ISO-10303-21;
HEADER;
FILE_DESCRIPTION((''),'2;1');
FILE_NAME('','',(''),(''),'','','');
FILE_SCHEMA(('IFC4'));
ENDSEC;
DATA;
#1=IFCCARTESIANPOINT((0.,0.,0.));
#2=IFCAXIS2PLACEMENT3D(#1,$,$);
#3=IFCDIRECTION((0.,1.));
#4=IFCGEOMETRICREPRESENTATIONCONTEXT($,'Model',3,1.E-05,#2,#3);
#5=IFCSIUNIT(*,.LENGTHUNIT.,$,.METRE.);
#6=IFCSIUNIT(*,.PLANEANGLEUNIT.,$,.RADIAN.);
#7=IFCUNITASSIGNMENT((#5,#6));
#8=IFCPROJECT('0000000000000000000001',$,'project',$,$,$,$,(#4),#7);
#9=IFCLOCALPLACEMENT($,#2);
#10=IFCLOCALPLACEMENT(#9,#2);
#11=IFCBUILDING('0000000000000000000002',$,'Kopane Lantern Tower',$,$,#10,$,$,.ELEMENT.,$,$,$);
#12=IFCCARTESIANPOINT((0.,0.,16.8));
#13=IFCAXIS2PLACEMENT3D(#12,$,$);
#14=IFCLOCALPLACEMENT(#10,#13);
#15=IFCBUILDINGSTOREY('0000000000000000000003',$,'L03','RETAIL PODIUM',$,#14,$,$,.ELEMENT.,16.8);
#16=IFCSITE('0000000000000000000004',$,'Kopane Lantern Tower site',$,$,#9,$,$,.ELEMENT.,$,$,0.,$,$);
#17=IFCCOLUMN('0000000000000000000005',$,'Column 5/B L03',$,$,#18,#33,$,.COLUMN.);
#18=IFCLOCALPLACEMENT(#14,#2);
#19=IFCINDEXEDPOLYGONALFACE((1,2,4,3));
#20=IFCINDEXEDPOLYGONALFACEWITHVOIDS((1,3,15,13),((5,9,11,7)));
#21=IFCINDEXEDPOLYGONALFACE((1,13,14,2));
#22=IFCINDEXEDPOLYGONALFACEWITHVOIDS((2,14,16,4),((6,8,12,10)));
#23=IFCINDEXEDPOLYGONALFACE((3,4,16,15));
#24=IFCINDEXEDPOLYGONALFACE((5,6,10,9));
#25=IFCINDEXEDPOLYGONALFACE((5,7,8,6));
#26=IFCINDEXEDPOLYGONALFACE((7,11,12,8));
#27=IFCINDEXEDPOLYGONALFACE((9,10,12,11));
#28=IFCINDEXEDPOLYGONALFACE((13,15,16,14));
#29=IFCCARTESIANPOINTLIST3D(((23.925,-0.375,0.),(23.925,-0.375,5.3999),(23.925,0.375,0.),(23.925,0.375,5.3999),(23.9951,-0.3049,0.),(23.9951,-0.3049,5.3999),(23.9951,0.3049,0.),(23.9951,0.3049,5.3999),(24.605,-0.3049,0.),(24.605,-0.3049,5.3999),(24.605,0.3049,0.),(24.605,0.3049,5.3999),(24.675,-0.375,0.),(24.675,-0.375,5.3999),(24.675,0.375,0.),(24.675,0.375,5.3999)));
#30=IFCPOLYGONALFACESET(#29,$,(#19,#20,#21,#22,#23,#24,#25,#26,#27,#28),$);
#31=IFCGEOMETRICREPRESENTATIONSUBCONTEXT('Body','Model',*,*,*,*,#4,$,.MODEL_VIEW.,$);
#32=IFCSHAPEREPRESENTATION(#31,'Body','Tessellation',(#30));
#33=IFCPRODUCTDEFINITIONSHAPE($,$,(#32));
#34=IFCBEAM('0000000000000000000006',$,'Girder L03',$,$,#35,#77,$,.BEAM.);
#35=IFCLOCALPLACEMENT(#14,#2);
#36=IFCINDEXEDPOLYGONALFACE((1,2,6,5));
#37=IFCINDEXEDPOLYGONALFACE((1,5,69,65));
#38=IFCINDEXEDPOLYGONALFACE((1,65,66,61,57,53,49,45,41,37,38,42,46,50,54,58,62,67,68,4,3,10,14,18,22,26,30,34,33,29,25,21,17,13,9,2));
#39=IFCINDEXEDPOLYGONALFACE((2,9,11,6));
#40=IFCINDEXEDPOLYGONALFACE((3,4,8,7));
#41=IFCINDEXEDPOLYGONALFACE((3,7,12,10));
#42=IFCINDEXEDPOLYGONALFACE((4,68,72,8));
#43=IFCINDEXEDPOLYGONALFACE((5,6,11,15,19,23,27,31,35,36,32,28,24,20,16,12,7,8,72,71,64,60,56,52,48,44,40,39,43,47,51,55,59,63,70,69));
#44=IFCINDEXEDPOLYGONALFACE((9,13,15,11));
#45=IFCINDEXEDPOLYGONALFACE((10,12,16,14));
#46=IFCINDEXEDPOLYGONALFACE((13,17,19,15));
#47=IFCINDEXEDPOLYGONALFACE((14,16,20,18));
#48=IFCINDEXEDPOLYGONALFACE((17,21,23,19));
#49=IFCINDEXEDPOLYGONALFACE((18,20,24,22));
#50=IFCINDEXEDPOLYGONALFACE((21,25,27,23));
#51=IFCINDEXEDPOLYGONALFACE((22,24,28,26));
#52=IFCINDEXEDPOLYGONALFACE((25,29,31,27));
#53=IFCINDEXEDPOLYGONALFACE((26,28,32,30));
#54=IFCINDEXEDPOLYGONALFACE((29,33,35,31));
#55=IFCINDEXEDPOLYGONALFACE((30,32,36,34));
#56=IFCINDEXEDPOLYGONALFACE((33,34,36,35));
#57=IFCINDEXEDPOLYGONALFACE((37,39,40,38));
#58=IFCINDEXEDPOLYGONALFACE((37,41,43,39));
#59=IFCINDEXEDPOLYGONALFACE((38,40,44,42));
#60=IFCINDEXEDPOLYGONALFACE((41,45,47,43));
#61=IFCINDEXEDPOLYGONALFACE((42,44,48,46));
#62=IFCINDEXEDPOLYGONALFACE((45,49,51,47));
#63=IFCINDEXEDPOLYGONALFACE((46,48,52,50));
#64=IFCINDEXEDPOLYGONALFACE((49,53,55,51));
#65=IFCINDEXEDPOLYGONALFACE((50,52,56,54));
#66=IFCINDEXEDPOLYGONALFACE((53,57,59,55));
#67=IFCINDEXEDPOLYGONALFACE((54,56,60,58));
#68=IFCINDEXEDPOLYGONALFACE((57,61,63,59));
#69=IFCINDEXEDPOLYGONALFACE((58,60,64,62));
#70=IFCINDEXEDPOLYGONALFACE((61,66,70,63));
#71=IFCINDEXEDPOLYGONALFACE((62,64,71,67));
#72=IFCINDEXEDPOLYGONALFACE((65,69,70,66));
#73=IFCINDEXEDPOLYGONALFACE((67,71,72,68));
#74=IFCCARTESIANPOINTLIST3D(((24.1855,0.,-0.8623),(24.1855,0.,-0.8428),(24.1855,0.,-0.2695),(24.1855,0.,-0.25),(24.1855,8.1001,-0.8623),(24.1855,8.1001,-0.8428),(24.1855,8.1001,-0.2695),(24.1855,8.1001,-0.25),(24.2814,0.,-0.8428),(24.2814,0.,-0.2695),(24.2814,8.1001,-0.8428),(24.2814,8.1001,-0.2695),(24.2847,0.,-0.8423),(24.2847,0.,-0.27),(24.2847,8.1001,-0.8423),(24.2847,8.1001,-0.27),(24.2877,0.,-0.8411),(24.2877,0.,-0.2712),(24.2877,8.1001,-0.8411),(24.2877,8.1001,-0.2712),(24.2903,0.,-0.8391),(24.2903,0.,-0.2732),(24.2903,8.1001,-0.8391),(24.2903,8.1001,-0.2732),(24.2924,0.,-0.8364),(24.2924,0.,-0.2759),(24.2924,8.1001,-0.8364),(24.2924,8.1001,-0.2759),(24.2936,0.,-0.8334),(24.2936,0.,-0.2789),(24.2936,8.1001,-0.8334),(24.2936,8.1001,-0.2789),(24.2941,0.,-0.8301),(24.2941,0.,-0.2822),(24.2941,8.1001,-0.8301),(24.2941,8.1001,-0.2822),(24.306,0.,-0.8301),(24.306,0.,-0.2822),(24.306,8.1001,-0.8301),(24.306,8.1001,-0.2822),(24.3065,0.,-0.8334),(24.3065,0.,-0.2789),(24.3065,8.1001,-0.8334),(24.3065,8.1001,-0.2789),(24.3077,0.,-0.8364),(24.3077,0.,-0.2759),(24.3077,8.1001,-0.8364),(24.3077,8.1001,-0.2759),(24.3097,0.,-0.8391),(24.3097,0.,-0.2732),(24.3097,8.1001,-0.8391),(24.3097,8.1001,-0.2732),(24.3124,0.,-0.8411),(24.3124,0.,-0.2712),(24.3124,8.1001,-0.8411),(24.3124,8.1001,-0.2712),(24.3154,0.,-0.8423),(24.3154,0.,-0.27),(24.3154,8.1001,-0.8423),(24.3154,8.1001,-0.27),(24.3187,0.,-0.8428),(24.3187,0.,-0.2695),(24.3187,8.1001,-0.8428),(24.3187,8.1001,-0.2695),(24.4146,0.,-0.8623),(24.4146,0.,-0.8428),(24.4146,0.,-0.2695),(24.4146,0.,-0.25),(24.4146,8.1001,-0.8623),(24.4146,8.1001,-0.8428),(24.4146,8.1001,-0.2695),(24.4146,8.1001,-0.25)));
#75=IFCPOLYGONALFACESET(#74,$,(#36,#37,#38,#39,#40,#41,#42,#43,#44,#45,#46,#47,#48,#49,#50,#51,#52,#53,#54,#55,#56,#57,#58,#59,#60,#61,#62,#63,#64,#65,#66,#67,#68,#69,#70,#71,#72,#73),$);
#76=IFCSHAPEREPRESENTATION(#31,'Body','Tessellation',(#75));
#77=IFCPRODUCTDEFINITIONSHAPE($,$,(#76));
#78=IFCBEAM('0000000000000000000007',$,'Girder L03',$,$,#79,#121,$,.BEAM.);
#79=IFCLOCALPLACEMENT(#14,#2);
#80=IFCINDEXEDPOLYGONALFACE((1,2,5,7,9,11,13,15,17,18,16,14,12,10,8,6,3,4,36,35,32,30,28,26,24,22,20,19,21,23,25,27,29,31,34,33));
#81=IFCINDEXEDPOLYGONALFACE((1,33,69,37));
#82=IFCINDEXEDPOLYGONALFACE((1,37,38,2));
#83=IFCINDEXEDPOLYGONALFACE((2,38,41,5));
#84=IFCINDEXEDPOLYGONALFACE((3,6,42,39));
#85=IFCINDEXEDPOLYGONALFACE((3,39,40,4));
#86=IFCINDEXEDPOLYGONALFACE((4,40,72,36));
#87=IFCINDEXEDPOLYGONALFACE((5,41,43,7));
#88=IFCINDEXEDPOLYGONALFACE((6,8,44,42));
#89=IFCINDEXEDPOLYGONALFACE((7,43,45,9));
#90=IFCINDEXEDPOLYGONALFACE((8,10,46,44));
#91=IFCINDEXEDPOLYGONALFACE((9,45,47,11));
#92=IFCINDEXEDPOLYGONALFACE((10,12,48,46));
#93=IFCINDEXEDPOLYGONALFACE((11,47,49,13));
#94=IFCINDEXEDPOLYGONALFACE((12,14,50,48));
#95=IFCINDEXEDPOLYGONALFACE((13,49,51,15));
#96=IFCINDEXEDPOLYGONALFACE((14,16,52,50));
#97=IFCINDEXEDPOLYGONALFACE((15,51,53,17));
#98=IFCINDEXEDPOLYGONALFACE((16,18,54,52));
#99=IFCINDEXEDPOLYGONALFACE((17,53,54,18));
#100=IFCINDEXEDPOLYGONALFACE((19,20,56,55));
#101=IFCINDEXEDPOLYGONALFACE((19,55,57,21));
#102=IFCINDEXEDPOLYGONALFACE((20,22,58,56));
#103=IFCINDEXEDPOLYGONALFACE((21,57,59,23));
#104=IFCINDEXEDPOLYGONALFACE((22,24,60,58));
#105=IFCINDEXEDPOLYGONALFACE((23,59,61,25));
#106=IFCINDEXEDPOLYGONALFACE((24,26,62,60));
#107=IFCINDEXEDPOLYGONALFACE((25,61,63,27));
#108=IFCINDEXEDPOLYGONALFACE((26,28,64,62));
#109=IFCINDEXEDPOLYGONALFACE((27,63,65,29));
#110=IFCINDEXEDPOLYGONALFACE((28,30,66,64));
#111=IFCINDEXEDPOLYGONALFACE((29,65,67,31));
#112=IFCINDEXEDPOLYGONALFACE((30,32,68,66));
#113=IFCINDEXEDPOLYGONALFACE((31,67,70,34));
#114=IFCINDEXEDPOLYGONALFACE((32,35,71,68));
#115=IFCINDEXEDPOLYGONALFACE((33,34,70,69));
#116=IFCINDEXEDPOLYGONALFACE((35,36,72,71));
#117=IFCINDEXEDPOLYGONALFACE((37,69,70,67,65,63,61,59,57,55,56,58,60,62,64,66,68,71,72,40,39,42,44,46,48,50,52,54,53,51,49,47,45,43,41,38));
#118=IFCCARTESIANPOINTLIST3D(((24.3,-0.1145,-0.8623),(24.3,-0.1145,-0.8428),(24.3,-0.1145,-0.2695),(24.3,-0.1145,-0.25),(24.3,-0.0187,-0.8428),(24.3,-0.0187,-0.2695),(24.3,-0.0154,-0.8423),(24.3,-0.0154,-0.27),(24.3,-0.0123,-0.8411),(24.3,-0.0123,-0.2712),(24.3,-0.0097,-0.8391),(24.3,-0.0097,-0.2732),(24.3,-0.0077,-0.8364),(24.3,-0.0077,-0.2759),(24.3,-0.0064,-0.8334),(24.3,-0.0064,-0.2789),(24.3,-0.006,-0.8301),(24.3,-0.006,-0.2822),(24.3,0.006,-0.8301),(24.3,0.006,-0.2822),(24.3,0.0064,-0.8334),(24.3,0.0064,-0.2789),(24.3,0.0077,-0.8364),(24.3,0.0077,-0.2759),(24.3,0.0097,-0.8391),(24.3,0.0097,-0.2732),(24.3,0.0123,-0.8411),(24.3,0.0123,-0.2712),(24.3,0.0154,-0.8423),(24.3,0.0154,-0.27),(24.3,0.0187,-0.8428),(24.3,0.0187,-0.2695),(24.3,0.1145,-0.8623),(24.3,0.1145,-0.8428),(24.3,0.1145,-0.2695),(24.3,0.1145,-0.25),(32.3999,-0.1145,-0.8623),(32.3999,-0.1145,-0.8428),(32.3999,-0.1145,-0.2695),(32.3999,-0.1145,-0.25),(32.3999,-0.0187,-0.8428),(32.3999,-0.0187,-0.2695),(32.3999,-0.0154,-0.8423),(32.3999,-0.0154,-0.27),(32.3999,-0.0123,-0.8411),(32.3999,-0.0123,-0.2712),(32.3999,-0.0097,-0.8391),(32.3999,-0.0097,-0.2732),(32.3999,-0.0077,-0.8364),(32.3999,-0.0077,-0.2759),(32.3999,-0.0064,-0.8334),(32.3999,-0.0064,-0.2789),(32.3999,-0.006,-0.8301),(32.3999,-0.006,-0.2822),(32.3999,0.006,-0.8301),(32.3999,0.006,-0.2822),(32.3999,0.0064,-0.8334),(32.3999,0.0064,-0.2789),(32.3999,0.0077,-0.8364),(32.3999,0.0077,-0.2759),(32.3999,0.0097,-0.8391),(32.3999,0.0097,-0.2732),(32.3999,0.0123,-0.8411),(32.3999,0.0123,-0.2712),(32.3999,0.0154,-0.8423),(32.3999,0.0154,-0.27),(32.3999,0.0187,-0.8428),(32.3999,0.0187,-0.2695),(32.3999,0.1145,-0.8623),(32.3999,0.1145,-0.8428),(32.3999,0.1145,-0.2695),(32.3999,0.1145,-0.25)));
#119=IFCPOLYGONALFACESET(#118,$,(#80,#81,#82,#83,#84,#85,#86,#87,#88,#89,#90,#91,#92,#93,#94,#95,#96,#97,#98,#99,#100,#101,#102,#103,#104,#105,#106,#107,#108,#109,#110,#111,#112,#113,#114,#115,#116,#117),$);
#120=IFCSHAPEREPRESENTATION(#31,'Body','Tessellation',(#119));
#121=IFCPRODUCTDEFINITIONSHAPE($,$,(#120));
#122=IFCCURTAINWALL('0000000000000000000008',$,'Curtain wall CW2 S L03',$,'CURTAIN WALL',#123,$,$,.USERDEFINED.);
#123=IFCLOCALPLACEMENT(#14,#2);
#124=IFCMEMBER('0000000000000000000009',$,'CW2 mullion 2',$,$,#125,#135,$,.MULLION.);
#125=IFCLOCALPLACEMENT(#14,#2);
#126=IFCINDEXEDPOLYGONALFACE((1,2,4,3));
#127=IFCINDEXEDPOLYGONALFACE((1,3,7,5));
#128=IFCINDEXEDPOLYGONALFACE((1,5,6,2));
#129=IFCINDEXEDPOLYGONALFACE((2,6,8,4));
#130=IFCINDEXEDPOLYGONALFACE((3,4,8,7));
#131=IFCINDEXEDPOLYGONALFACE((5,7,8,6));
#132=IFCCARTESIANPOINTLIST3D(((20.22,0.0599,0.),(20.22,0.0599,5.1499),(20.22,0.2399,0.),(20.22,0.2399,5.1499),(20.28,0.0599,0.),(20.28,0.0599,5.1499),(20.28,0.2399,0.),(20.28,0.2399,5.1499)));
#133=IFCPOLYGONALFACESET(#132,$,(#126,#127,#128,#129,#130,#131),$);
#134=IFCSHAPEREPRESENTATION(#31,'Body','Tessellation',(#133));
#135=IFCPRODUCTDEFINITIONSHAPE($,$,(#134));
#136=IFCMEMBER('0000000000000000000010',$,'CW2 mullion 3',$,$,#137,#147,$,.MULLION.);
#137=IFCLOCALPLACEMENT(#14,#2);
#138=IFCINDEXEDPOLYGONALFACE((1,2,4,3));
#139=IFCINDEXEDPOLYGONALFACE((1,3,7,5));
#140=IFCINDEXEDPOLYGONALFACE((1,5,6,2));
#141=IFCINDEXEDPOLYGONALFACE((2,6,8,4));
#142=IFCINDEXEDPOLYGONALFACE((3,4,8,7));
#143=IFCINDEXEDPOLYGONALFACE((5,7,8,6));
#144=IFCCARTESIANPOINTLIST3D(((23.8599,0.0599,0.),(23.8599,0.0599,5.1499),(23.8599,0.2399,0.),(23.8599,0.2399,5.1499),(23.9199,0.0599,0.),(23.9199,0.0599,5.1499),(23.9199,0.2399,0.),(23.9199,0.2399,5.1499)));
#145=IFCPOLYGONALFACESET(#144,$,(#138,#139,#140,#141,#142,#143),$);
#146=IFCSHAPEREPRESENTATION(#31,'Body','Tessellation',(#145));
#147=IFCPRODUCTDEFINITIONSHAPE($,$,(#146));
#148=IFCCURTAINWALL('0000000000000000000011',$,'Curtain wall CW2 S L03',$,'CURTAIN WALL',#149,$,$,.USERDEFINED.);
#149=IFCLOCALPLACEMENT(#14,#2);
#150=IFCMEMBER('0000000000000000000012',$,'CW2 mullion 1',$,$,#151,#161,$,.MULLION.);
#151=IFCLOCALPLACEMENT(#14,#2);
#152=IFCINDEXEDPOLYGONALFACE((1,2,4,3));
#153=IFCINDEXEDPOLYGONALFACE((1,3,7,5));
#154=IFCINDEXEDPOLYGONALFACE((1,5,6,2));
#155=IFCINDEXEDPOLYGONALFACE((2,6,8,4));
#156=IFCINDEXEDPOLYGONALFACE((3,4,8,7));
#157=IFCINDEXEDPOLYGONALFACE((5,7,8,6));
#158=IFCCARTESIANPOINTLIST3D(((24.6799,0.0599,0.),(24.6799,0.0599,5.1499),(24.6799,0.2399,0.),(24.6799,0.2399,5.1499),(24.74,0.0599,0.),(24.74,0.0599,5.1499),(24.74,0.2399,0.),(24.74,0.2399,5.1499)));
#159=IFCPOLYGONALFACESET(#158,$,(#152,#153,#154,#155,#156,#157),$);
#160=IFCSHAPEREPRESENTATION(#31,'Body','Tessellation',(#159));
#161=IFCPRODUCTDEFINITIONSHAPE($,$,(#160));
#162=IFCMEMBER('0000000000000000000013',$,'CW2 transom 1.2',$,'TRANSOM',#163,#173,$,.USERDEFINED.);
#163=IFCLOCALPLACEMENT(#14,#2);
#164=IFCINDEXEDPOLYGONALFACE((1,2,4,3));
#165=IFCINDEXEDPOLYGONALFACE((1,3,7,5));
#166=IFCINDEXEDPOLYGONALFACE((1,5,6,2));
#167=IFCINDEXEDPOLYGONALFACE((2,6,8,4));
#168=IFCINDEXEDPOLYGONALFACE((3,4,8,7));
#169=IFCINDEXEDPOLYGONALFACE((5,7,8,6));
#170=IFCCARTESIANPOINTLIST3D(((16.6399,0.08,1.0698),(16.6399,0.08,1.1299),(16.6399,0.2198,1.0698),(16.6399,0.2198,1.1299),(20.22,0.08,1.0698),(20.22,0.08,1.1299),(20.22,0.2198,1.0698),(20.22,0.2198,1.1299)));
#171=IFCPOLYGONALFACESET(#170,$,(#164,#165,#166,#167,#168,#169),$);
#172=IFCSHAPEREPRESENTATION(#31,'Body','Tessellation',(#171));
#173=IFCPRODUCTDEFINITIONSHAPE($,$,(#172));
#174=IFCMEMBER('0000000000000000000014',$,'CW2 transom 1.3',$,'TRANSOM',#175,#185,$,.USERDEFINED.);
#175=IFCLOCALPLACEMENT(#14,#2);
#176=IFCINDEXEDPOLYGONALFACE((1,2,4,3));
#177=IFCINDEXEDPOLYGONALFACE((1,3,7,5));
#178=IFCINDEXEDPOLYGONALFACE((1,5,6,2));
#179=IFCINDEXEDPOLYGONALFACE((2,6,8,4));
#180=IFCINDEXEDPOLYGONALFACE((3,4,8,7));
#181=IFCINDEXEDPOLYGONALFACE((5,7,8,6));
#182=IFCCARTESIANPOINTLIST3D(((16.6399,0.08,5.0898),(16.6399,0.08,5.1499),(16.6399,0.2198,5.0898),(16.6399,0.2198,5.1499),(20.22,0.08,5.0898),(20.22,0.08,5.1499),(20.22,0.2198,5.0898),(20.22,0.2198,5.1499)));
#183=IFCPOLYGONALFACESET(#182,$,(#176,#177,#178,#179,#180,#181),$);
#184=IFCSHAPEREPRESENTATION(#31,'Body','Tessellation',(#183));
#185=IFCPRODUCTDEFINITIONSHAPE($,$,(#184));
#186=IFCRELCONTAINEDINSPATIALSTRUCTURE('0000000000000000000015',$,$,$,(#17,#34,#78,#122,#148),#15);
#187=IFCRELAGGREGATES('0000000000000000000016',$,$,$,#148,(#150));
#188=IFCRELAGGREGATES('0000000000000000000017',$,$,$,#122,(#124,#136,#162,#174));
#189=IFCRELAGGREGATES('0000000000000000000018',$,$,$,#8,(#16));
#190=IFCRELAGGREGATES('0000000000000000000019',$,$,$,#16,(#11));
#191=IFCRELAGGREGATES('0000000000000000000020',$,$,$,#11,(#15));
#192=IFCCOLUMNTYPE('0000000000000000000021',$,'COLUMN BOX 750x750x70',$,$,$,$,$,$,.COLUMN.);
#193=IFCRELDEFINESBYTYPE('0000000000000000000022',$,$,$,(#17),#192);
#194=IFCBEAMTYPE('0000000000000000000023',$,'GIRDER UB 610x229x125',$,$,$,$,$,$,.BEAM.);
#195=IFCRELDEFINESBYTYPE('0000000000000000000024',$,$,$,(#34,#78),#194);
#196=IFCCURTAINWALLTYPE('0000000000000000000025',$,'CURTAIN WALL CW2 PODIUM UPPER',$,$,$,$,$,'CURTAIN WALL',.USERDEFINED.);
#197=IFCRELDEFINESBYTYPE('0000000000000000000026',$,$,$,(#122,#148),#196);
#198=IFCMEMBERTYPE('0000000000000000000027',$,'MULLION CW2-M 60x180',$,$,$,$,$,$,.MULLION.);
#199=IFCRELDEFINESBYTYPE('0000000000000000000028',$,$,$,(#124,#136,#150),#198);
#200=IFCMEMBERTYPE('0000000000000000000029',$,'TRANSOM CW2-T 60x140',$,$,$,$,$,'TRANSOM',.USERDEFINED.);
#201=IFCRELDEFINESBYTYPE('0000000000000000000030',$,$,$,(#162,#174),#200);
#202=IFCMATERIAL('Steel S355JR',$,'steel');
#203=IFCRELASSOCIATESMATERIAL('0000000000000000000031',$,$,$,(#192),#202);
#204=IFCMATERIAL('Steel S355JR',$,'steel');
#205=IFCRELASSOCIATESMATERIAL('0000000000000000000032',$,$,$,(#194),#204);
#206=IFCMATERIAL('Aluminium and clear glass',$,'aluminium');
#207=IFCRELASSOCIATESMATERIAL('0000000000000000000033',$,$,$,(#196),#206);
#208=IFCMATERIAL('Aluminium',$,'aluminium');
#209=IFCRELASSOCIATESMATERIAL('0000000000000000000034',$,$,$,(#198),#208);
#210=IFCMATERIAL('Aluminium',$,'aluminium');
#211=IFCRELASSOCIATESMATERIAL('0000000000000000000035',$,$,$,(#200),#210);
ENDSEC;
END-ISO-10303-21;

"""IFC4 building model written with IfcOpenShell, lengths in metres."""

from ifc_helpers import new_model, si_unit, direction, frame, origin, origin_2d, place, context, subcontext, project, spatial, rectangle, hollow_rectangle, i_section, extrude, material, material_profile, profile_set, type_object, element, aggregate, save


model = new_model("IFC4")

# Units and contexts
model_context = context("Model", 3, precision=1e-05, world=origin(), true_north=direction((0.0, 1.0)))
body_context = subcontext(model_context, "Body", "Model", "MODEL_VIEW")
ifc_project = project(units=[si_unit("LENGTHUNIT", "METRE"), si_unit("PLANEANGLEUNIT", "RADIAN")], contexts=[model_context])

# Site, building, storey
site_placement = place(None, origin())
site = spatial("IfcSite", under=ifc_project, at=site_placement, Name="Kopane Lantern Tower site", CompositionType="ELEMENT", RefElevation=0.0)
building_placement = place(site_placement, origin())
building = spatial("IfcBuilding", under=site, at=building_placement, Name="Kopane Lantern Tower", CompositionType="ELEMENT")
storey_placement = place(building_placement, frame((0.0, 0.0, 16.8)))
storey = spatial("IfcBuildingStorey", under=building, at=storey_placement, Name="L03", Description="RETAIL PODIUM", CompositionType="ELEMENT", Elevation=16.8)

# Column
ifc_material_1 = material(Name="Steel S355JR", Category="steel")
ifc_material_profile_1 = material_profile(ifc_material_1, hollow_rectangle(XDim=0.75, YDim=0.75, WallThickness=0.0701, at=origin_2d()), Name="BOX 750x750x70")
ifc_profile_set_1 = profile_set([ifc_material_profile_1], Name="Steel S355JR")
column_type = type_object("IfcColumnType", Name="COLUMN BOX 750x750x70", PredefinedType="COLUMN", material=ifc_profile_set_1)
column_placement = place(storey_placement, frame((24.3, 0.0, 0.0), z_axis=(0.0, 0.0, 1.0), x_axis=(1.0, 0.0, 0.0)))
element("IfcColumn", 1, at=column_placement, inside=storey, type_object=column_type, Name="Column 5/B L03", PredefinedType="COLUMN", context=body_context, shape_type="SweptSolid", body=[
    extrude(hollow_rectangle(XDim=0.75, YDim=0.75, WallThickness=0.0701, at=origin_2d()), origin(), (0.0, 0.0, 1.0), 5.3999),
])

# Beams
ifc_material_2 = material(Name="Steel S355JR", Category="steel")
ifc_material_profile_2 = material_profile(ifc_material_2, i_section(OverallWidth=0.229, OverallDepth=0.6123, WebThickness=0.012, FlangeThickness=0.0195, FilletRadius=0.0127, at=origin_2d()), Name="UB 610x229x125")
ifc_profile_set_2 = profile_set([ifc_material_profile_2], Name="Steel S355JR")
beam_type = type_object("IfcBeamType", Name="GIRDER UB 610x229x125", PredefinedType="BEAM", material=ifc_profile_set_2)
beam_1_placement = place(storey_placement, frame((24.3, 0.0, -0.5562), z_axis=(0.0, 1.0, 0.0), x_axis=(-1.0, 0.0, 0.0)))
element("IfcBeam", 2, at=beam_1_placement, inside=storey, type_object=beam_type, Name="Girder L03", PredefinedType="BEAM", context=body_context, shape_type="SweptSolid", body=[
    extrude(i_section(OverallWidth=0.229, OverallDepth=0.6123, WebThickness=0.012, FlangeThickness=0.0195, FilletRadius=0.0127, at=origin_2d()), origin(), (0.0, 0.0, 1.0), 8.1001),
])
beam_2_placement = place(storey_placement, frame((24.3, 0.0, -0.5562), z_axis=(1.0, 0.0, 0.0), x_axis=(0.0, 1.0, 0.0)))
element("IfcBeam", 3, at=beam_2_placement, inside=storey, type_object=beam_type, Name="Girder L03", PredefinedType="BEAM", context=body_context, shape_type="SweptSolid", body=[
    extrude(i_section(OverallWidth=0.229, OverallDepth=0.6123, WebThickness=0.012, FlangeThickness=0.0195, FilletRadius=0.0127, at=origin_2d()), origin(), (0.0, 0.0, 1.0), 8.0999),
])

# Curtain wall, members
ifc_material_3 = material(Name="Aluminium and clear glass", Category="aluminium")
curtain_wall_type = type_object("IfcCurtainWallType", Name="CURTAIN WALL CW2 PODIUM UPPER", ElementType="CURTAIN WALL", PredefinedType="USERDEFINED", material=ifc_material_3)
curtain_wall_1_placement = place(storey_placement, origin())
curtain_wall_1 = element("IfcCurtainWall", 4, at=curtain_wall_1_placement, inside=storey, type_object=curtain_wall_type, Name="Curtain wall CW2 S L03", ObjectType="CURTAIN WALL", PredefinedType="USERDEFINED")
ifc_material_4 = material(Name="Aluminium", Category="aluminium")
ifc_material_profile_3 = material_profile(ifc_material_4, rectangle(XDim=0.0601, YDim=0.1799, at=origin_2d()), Name="AL 60x180")
ifc_profile_set_3 = profile_set([ifc_material_profile_3], Name="Aluminium")
member_type_1 = type_object("IfcMemberType", Name="MULLION CW2-M 60x180", PredefinedType="MULLION", material=ifc_profile_set_3)
member_1_placement = place(storey_placement, frame((20.25, 0.1499, 0.0), z_axis=(0.0, 0.0, 1.0), x_axis=(1.0, 0.0, 0.0)))
member_1 = element("IfcMember", 5, at=member_1_placement, type_object=member_type_1, Name="CW2 mullion 2", PredefinedType="MULLION", context=body_context, shape_type="SweptSolid", body=[
    extrude(rectangle(XDim=0.0601, YDim=0.1799, at=origin_2d()), origin(), (0.0, 0.0, 1.0), 5.1499),
])
member_2_placement = place(storey_placement, frame((23.8899, 0.1499, 0.0), z_axis=(0.0, 0.0, 1.0), x_axis=(1.0, 0.0, 0.0)))
member_2 = element("IfcMember", 6, at=member_2_placement, type_object=member_type_1, Name="CW2 mullion 3", PredefinedType="MULLION", context=body_context, shape_type="SweptSolid", body=[
    extrude(rectangle(XDim=0.0601, YDim=0.1799, at=origin_2d()), origin(), (0.0, 0.0, 1.0), 5.1499),
])

# Curtain wall, member
curtain_wall_2_placement = place(storey_placement, origin())
curtain_wall_2 = element("IfcCurtainWall", 7, at=curtain_wall_2_placement, inside=storey, type_object=curtain_wall_type, Name="Curtain wall CW2 S L03", ObjectType="CURTAIN WALL", PredefinedType="USERDEFINED")
member_3_placement = place(storey_placement, frame((24.71, 0.1499, 0.0), z_axis=(0.0, 0.0, 1.0), x_axis=(1.0, 0.0, 0.0)))
member_3 = element("IfcMember", 8, at=member_3_placement, type_object=member_type_1, Name="CW2 mullion 1", PredefinedType="MULLION", context=body_context, shape_type="SweptSolid", body=[
    extrude(rectangle(XDim=0.0601, YDim=0.1799, at=origin_2d()), origin(), (0.0, 0.0, 1.0), 5.1499),
])

# Members
ifc_material_5 = material(Name="Aluminium", Category="aluminium")
ifc_material_profile_4 = material_profile(ifc_material_5, rectangle(XDim=0.1399, YDim=0.0601, at=origin_2d()), Name="AL 140x60")
ifc_profile_set_4 = profile_set([ifc_material_profile_4], Name="Aluminium")
member_type_2 = type_object("IfcMemberType", Name="TRANSOM CW2-T 60x140", ElementType="TRANSOM", PredefinedType="USERDEFINED", material=ifc_profile_set_4)
member_4_placement = place(storey_placement, frame((16.6399, 0.1499, 1.0999), z_axis=(1.0, 0.0, 0.0), x_axis=(0.0, 1.0, 0.0)))
member_4 = element("IfcMember", 9, at=member_4_placement, type_object=member_type_2, Name="CW2 transom 1.2", ObjectType="TRANSOM", PredefinedType="USERDEFINED", context=body_context, shape_type="SweptSolid", body=[
    extrude(rectangle(XDim=0.1399, YDim=0.0601, at=origin_2d()), origin(), (0.0, 0.0, 1.0), 3.5801),
])
member_5_placement = place(storey_placement, frame((16.6399, 0.1499, 5.1199), z_axis=(1.0, 0.0, 0.0), x_axis=(0.0, 1.0, 0.0)))
member_5 = element("IfcMember", 10, at=member_5_placement, type_object=member_type_2, Name="CW2 transom 1.3", ObjectType="TRANSOM", PredefinedType="USERDEFINED", context=body_context, shape_type="SweptSolid", body=[
    extrude(rectangle(XDim=0.1399, YDim=0.0601, at=origin_2d()), origin(), (0.0, 0.0, 1.0), 3.5801),
])
aggregate(curtain_wall_2, [member_3])

aggregate(curtain_wall_1, [member_1, member_2, member_4, member_5])

save(model, "model.ifc")
